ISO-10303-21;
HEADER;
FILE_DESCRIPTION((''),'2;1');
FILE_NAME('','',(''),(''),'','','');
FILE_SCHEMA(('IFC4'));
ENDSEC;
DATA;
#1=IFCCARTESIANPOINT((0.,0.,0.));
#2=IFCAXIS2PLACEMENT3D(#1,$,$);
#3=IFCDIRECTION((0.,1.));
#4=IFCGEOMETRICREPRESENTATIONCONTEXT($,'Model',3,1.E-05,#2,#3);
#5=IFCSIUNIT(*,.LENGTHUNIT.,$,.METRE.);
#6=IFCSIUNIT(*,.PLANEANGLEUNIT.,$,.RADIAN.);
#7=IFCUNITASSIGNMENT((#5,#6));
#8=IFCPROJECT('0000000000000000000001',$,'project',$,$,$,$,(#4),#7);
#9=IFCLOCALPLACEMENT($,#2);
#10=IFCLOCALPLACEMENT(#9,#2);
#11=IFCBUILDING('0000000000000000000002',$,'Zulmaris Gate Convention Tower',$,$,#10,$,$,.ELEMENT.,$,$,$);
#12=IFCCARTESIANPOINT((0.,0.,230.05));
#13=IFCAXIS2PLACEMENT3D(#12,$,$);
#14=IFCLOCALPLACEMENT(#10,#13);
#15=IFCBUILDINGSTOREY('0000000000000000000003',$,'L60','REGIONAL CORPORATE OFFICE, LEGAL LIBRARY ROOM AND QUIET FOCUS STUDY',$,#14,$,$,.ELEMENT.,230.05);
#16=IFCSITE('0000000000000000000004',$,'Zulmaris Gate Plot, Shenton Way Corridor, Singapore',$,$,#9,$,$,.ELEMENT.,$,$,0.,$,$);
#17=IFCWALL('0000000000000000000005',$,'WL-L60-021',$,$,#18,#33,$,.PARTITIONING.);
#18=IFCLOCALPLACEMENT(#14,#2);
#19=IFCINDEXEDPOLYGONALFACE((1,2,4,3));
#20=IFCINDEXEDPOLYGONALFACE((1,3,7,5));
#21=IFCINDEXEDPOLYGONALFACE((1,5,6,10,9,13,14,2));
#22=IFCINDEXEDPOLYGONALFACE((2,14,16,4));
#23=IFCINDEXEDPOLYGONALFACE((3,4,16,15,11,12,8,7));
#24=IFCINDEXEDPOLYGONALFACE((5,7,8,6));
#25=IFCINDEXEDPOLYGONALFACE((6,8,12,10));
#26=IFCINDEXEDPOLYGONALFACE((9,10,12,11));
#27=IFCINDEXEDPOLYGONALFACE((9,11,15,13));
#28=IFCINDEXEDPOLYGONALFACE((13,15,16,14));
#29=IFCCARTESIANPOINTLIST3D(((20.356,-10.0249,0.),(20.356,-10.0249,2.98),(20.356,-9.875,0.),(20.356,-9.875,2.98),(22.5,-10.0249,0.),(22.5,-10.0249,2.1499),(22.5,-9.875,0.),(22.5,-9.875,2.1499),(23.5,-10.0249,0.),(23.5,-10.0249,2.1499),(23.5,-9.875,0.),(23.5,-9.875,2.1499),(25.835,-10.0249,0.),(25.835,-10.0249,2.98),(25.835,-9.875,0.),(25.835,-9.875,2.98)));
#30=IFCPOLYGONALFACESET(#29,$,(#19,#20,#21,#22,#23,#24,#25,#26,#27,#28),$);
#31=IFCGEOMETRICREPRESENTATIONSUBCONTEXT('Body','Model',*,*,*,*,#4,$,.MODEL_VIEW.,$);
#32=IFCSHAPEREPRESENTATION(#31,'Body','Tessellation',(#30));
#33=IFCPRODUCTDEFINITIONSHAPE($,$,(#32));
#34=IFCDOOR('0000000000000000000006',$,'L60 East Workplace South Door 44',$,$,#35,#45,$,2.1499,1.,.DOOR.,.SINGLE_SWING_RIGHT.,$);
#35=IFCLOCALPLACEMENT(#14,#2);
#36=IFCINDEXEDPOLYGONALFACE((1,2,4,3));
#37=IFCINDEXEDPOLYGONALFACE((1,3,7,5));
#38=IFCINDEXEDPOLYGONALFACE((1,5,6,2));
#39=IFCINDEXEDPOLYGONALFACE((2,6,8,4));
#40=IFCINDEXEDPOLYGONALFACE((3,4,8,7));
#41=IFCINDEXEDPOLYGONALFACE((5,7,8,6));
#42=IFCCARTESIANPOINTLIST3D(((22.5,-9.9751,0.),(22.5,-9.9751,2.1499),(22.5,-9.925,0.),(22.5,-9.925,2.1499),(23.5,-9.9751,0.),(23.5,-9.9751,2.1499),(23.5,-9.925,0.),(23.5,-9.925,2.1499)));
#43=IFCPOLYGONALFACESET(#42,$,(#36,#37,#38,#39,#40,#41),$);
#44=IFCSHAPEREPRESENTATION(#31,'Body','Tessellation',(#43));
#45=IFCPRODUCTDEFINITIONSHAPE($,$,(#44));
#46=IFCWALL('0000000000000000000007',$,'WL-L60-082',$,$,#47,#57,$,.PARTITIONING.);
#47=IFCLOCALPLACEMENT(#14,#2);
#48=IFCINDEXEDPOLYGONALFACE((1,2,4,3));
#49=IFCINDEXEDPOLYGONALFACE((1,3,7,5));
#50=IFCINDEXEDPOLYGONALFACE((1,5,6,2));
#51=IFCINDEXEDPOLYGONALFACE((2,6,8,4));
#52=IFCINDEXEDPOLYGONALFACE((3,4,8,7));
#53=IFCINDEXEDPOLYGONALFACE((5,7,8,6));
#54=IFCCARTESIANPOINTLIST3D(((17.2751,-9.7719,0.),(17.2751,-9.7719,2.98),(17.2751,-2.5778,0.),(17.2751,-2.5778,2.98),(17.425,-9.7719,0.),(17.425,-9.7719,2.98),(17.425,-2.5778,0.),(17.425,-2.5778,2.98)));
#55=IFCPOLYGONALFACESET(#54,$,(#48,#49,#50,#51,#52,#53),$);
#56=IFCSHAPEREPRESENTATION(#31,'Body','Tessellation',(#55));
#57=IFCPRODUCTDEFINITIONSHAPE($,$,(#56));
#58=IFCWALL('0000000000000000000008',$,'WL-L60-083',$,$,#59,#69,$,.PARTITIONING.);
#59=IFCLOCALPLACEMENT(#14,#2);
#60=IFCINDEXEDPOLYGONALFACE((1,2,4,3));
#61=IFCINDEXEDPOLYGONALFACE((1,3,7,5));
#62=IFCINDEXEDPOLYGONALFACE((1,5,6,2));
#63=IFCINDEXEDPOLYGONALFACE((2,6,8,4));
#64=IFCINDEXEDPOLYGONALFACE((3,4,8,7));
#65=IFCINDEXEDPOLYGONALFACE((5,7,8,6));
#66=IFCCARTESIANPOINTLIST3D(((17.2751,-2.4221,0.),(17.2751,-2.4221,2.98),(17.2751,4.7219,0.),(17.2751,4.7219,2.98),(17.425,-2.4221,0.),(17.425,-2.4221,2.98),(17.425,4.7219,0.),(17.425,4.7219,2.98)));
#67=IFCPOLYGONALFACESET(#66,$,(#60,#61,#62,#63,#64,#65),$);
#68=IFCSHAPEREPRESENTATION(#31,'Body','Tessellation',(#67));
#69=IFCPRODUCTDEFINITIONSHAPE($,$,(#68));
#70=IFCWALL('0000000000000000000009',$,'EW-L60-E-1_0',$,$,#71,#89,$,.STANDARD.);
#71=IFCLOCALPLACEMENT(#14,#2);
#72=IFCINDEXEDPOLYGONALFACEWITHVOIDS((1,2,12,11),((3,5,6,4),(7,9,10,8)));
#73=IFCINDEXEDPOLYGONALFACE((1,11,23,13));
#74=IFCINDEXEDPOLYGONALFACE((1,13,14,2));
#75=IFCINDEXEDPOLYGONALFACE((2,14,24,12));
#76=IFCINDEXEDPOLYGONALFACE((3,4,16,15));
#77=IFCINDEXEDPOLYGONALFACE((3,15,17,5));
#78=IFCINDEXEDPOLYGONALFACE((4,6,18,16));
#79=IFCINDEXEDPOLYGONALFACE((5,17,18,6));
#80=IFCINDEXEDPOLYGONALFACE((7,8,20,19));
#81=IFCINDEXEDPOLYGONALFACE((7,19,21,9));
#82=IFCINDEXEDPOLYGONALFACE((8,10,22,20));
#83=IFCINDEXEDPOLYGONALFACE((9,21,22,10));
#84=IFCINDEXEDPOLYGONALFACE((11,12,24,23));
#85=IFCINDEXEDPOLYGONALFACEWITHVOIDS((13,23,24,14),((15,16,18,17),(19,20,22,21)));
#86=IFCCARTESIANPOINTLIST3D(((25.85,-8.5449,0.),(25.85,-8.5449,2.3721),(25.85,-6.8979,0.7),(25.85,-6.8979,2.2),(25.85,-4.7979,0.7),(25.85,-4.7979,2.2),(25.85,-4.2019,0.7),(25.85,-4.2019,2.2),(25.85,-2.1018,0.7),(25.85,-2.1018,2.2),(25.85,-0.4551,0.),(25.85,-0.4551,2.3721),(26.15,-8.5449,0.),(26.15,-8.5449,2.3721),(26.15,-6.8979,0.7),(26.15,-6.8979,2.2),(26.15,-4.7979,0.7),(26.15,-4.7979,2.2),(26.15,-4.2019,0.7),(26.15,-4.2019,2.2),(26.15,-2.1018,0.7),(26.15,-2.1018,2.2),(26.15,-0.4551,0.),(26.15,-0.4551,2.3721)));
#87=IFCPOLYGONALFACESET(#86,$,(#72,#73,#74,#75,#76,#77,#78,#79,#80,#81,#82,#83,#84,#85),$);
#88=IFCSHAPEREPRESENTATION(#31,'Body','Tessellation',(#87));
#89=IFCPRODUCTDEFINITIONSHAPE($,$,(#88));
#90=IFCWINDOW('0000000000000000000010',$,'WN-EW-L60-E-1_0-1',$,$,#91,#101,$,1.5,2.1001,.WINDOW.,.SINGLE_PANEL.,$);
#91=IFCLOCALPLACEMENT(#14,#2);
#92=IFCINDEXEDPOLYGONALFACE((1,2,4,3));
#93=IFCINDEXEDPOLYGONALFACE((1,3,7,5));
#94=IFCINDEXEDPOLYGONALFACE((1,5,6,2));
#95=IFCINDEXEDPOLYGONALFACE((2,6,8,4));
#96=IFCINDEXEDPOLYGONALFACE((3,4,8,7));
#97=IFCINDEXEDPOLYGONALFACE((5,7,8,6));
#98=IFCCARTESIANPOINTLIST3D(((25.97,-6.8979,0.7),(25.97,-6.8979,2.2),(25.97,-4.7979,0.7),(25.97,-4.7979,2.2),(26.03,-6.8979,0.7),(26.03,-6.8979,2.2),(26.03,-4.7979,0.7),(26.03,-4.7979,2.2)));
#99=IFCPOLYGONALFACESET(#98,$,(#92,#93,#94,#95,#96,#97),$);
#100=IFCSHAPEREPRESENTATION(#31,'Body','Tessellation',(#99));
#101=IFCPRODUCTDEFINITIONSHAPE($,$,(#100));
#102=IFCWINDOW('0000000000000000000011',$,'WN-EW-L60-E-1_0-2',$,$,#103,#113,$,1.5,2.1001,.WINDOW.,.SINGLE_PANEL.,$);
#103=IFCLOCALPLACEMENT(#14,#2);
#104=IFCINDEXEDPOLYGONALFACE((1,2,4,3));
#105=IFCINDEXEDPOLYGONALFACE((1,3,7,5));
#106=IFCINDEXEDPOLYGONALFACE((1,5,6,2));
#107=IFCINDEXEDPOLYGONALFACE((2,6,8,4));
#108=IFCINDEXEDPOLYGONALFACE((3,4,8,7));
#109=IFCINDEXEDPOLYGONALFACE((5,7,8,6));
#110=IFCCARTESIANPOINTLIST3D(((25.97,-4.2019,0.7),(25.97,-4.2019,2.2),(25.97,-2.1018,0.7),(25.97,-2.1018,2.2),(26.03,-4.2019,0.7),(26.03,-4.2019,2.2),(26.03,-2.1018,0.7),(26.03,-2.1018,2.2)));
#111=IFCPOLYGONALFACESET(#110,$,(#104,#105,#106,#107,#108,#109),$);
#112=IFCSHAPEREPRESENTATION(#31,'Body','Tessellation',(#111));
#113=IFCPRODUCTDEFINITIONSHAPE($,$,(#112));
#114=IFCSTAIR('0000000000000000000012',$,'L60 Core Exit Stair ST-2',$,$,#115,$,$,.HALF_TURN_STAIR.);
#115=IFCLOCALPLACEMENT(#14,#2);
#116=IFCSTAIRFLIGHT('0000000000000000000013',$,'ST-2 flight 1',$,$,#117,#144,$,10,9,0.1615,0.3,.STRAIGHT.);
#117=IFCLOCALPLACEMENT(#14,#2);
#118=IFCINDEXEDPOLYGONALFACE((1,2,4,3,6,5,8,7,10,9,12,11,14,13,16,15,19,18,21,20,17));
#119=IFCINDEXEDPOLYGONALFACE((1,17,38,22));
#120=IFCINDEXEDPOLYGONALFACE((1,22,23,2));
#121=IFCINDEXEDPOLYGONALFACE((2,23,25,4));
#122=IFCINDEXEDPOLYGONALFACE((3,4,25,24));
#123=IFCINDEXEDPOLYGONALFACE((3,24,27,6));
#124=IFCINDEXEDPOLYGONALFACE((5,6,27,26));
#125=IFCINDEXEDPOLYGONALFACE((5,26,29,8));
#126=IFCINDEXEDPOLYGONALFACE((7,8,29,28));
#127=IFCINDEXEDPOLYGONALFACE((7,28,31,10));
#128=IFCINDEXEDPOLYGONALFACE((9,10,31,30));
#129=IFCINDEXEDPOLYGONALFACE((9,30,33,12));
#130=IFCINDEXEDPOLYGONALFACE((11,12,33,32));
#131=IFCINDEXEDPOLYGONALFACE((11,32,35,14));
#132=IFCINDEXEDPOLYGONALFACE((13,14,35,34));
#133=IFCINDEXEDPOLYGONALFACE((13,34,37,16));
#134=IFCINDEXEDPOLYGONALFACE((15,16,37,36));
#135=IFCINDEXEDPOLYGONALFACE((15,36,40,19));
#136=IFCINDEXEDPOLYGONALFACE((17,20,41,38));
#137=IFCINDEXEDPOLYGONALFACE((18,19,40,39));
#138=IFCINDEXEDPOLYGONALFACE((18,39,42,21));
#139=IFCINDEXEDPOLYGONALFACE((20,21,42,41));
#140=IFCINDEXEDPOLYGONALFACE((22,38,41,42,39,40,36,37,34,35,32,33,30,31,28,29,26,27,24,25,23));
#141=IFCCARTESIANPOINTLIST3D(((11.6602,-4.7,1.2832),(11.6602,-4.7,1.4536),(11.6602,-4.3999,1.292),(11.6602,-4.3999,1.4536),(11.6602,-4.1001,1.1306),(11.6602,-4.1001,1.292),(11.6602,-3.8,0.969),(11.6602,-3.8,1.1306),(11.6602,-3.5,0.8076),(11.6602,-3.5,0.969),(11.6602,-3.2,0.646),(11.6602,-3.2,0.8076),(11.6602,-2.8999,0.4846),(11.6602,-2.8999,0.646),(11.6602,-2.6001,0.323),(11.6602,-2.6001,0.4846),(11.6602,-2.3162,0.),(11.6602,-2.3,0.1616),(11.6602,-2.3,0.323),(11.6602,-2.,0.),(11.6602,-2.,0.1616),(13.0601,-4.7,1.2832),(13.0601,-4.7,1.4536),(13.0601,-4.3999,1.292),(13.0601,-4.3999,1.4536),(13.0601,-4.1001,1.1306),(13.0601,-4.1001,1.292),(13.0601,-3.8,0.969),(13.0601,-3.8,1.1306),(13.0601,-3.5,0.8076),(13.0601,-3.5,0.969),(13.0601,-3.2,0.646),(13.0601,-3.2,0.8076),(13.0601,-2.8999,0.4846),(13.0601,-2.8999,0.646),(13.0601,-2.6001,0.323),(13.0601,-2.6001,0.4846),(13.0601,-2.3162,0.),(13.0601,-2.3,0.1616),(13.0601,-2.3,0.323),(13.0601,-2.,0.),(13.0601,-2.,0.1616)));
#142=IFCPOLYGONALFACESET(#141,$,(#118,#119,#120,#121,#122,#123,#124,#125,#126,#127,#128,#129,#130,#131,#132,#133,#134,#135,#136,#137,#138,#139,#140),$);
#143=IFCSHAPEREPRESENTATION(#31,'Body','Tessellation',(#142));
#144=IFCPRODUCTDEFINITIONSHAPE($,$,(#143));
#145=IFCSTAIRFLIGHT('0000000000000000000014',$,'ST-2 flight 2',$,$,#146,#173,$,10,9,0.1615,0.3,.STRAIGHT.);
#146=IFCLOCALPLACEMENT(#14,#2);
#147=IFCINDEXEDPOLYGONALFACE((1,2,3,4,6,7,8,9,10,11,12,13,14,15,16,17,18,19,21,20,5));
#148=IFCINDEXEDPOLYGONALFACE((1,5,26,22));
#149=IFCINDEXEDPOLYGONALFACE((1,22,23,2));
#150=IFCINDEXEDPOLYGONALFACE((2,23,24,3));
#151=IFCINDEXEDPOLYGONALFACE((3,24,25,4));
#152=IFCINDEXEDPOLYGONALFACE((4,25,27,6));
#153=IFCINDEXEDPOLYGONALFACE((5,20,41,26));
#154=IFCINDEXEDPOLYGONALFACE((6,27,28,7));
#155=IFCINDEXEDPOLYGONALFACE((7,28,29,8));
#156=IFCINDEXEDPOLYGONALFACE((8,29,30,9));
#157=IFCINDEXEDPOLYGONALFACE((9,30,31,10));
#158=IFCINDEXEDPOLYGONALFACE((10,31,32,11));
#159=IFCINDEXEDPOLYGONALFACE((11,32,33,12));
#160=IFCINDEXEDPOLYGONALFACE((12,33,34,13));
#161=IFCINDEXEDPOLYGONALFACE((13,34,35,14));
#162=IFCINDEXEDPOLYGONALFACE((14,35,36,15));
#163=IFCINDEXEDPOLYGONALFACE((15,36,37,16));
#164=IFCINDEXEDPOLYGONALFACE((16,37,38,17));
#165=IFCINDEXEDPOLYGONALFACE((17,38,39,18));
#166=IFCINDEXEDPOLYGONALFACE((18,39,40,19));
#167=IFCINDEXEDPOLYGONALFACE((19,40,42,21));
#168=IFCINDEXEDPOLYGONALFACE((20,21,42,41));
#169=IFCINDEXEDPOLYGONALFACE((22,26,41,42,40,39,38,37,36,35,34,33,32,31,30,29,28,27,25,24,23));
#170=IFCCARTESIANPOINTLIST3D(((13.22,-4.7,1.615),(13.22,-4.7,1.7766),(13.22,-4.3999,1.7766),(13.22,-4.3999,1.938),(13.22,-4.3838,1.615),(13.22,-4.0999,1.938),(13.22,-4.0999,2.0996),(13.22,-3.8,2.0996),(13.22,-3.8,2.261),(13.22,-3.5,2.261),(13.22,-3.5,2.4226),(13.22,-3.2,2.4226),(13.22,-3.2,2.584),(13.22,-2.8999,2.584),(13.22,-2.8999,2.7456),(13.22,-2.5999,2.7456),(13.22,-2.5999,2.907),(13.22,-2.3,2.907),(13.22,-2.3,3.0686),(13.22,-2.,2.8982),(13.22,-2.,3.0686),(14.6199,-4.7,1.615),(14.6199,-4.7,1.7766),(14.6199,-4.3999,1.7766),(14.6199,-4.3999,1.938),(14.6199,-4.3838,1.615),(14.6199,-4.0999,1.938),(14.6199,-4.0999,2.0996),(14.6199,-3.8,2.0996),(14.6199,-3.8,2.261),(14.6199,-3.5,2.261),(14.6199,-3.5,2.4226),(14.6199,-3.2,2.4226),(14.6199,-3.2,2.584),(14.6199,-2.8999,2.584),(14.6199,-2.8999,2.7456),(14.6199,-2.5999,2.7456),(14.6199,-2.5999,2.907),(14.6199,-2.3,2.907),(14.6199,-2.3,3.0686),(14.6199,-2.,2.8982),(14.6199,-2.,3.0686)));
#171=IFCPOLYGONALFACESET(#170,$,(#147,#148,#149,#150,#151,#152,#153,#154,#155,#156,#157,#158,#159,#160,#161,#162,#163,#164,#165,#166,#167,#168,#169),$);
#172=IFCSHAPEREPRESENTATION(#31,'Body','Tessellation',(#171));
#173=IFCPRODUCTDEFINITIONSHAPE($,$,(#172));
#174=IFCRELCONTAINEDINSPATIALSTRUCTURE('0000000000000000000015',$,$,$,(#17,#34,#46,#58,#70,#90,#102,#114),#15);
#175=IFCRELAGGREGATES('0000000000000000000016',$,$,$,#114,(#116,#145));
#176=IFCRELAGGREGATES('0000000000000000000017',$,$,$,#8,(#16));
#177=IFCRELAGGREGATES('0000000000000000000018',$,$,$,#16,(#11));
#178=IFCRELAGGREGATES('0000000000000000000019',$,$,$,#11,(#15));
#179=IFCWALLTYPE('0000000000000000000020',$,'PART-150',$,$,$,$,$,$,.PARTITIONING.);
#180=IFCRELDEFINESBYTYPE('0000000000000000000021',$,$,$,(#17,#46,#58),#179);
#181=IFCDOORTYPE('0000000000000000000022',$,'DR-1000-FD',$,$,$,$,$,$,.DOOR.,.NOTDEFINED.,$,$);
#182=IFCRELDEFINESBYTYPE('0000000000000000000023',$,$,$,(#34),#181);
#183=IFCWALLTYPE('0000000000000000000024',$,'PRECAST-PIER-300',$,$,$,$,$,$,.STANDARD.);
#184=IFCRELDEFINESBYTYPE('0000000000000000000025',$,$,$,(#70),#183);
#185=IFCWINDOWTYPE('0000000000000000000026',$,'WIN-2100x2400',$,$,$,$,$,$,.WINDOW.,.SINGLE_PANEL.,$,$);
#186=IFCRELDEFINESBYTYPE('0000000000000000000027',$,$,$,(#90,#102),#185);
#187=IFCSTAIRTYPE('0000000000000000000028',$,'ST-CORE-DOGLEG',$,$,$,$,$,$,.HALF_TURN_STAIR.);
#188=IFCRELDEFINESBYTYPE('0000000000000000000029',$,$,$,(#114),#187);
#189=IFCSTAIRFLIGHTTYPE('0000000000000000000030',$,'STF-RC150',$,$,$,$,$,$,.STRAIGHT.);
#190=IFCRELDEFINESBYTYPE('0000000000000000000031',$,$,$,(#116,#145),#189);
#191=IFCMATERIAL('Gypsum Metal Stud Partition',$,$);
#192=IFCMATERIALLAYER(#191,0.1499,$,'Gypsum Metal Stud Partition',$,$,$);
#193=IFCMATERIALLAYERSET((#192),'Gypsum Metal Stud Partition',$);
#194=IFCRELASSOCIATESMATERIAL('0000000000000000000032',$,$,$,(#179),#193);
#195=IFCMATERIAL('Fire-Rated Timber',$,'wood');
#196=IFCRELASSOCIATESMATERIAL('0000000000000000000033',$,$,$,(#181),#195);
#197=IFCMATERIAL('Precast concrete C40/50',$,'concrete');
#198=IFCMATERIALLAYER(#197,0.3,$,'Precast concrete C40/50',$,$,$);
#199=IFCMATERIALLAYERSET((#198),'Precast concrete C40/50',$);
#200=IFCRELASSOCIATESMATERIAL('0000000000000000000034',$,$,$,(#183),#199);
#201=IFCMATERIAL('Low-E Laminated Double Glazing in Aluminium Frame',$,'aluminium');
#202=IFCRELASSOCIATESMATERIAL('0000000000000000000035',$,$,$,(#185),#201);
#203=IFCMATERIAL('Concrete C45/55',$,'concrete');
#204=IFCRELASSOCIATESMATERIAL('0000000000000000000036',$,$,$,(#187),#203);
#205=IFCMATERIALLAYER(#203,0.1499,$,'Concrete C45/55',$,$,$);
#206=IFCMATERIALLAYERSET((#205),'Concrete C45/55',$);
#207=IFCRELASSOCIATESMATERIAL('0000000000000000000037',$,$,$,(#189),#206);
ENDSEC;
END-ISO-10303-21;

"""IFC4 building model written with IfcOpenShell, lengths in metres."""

from ifc_helpers import new_model, si_unit, direction, frame, frame_2d, origin, place, context, subcontext, project, spatial, polyline, rectangle, outline, extrude, material, layer, layer_set, type_object, element, fill, aggregate, save


model = new_model("IFC4")

# Units and contexts
model_context = context("Model", 3, precision=1e-05, world=origin(), true_north=direction((0.0, 1.0)))
body_context = subcontext(model_context, "Body", "Model", "MODEL_VIEW")
ifc_project = project(units=[si_unit("LENGTHUNIT", "METRE"), si_unit("PLANEANGLEUNIT", "RADIAN")], contexts=[model_context])

# Site, building, storey
site_placement = place(None, origin())
site = spatial("IfcSite", under=ifc_project, at=site_placement, Name="Zulmaris Gate Plot, Shenton Way Corridor, Singapore", CompositionType="ELEMENT", RefElevation=0.0)
building_placement = place(site_placement, origin())
building = spatial("IfcBuilding", under=site, at=building_placement, Name="Zulmaris Gate Convention Tower", CompositionType="ELEMENT")
storey_placement = place(building_placement, frame((0.0, 0.0, 230.05)))
storey = spatial("IfcBuildingStorey", under=building, at=storey_placement, Name="L60", Description="REGIONAL CORPORATE OFFICE, LEGAL LIBRARY ROOM AND QUIET FOCUS STUDY", CompositionType="ELEMENT", Elevation=230.05)

# Wall, opening, door
ifc_material_1 = material(Name="Gypsum Metal Stud Partition")
ifc_layer_1 = layer(ifc_material_1, 0.1499, Name="Gypsum Metal Stud Partition")
ifc_layer_set_1 = layer_set([ifc_layer_1], Name="Gypsum Metal Stud Partition")
wall_type_1 = type_object("IfcWallType", Name="PART-150", PredefinedType="PARTITIONING", material=ifc_layer_set_1)
wall_1_placement = place(storey_placement, frame((20.356, -9.95, 0.0), z_axis=(0.0, 0.0, 1.0), x_axis=(1.0, 0.0, 0.0)))
wall_1 = element("IfcWall", 1, at=wall_1_placement, inside=storey, type_object=wall_type_1, Name="WL-L60-021", PredefinedType="PARTITIONING", context=body_context, shape_type="SweptSolid", body=[
    extrude(rectangle(XDim=5.479, YDim=0.1499, at=frame_2d((2.7395, 0.0))), origin(), (0.0, 0.0, 1.0), 2.98),
])
opening_1_placement = place(wall_1_placement, frame((2.144, 0.0, 0.0)))
opening_1 = element("IfcOpeningElement", 2, at=opening_1_placement, cuts=wall_1, PredefinedType="OPENING", context=body_context, shape_type="SweptSolid", body=[
    extrude(rectangle(XDim=1.0, YDim=2.1499, at=frame_2d((0.5, 1.075))), frame((0.0, 0.085, 0.0), z_axis=(0.0, -1.0, 0.0), x_axis=(1.0, 0.0, 0.0)), (0.0, 0.0, 1.0), 0.1699),
])
ifc_material_2 = material(Name="Fire-Rated Timber", Category="wood")
door_type_1 = type_object("IfcDoorType", Name="DR-1000-FD", OperationType="NOTDEFINED", PredefinedType="DOOR", material=ifc_material_2)
door_1_placement = place(opening_1_placement, origin())
door_1 = element("IfcDoor", 3, at=door_1_placement, inside=storey, type_object=door_type_1, Name="L60 East Workplace South Door 44", OperationType="SINGLE_SWING_RIGHT", OverallHeight=2.1499, OverallWidth=1.0, PredefinedType="DOOR", context=body_context, shape_type="SweptSolid", body=[
    extrude(rectangle(XDim=1.0, YDim=2.1499, at=frame_2d((0.5, 1.075))), frame((0.0, 0.0249, 0.0), z_axis=(0.0, -1.0, 0.0), x_axis=(1.0, 0.0, 0.0)), (0.0, 0.0, 1.0), 0.05),
])
fill(opening_1, door_1)

# Walls
wall_2_placement = place(storey_placement, frame((17.3501, -9.772, 0.0), z_axis=(0.0, 0.0, 1.0), x_axis=(0.0, 1.0, 0.0)))
element("IfcWall", 4, at=wall_2_placement, inside=storey, type_object=wall_type_1, Name="WL-L60-082", PredefinedType="PARTITIONING", context=body_context, shape_type="SweptSolid", body=[
    extrude(rectangle(XDim=7.1941, YDim=0.1499, at=frame_2d((3.5972, 0.0))), origin(), (0.0, 0.0, 1.0), 2.98),
])
wall_3_placement = place(storey_placement, frame((17.3501, -2.4221, 0.0), z_axis=(0.0, 0.0, 1.0), x_axis=(0.0, 1.0, 0.0)))
element("IfcWall", 5, at=wall_3_placement, inside=storey, type_object=wall_type_1, Name="WL-L60-083", PredefinedType="PARTITIONING", context=body_context, shape_type="SweptSolid", body=[
    extrude(rectangle(XDim=7.144, YDim=0.1499, at=frame_2d((3.572, 0.0))), origin(), (0.0, 0.0, 1.0), 2.98),
])

# Wall, openings, windows
ifc_material_3 = material(Name="Precast concrete C40/50", Category="concrete")
ifc_layer_2 = layer(ifc_material_3, 0.3, Name="Precast concrete C40/50")
ifc_layer_set_2 = layer_set([ifc_layer_2], Name="Precast concrete C40/50")
wall_type_2 = type_object("IfcWallType", Name="PRECAST-PIER-300", PredefinedType="STANDARD", material=ifc_layer_set_2)
wall_4_placement = place(storey_placement, frame((26.0, -8.5449, 0.0), z_axis=(0.0, 0.0, 1.0), x_axis=(0.0, 1.0, 0.0)))
wall_4 = element("IfcWall", 6, at=wall_4_placement, inside=storey, type_object=wall_type_2, Name="EW-L60-E-1_0", PredefinedType="STANDARD", context=body_context, shape_type="SweptSolid", body=[
    extrude(rectangle(XDim=8.0898, YDim=0.3, at=frame_2d((4.0449, 0.0))), origin(), (0.0, 0.0, 1.0), 2.3721),
])
opening_2_placement = place(wall_4_placement, frame((1.647, 0.0, 0.7)))
opening_2 = element("IfcOpeningElement", 7, at=opening_2_placement, cuts=wall_4, PredefinedType="OPENING", context=body_context, shape_type="SweptSolid", body=[
    extrude(rectangle(XDim=2.1001, YDim=1.5, at=frame_2d((1.05, 0.75))), frame((0.0, 0.1602, 0.0), z_axis=(0.0, -1.0, 0.0), x_axis=(1.0, 0.0, 0.0)), (0.0, 0.0, 1.0), 0.3201),
])
opening_3_placement = place(wall_4_placement, frame((4.343, 0.0, 0.7)))
opening_3 = element("IfcOpeningElement", 8, at=opening_3_placement, cuts=wall_4, PredefinedType="OPENING", context=body_context, shape_type="SweptSolid", body=[
    extrude(rectangle(XDim=2.1001, YDim=1.5, at=frame_2d((1.05, 0.75))), frame((0.0, 0.1602, 0.0), z_axis=(0.0, -1.0, 0.0), x_axis=(1.0, 0.0, 0.0)), (0.0, 0.0, 1.0), 0.3201),
])
ifc_material_4 = material(Name="Low-E Laminated Double Glazing in Aluminium Frame", Category="aluminium")
window_type = type_object("IfcWindowType", Name="WIN-2100x2400", PartitioningType="SINGLE_PANEL", PredefinedType="WINDOW", material=ifc_material_4)
window_1_placement = place(opening_2_placement, origin())
window_1 = element("IfcWindow", 9, at=window_1_placement, inside=storey, type_object=window_type, Name="WN-EW-L60-E-1_0-1", OverallHeight=1.5, OverallWidth=2.1001, PartitioningType="SINGLE_PANEL", PredefinedType="WINDOW", context=body_context, shape_type="SweptSolid", body=[
    extrude(rectangle(XDim=2.1001, YDim=1.5, at=frame_2d((1.05, 0.75))), frame((0.0, 0.03, 0.0), z_axis=(0.0, -1.0, 0.0), x_axis=(1.0, 0.0, 0.0)), (0.0, 0.0, 1.0), 0.0601),
])
fill(opening_2, window_1)
window_2_placement = place(opening_3_placement, origin())
window_2 = element("IfcWindow", 10, at=window_2_placement, inside=storey, type_object=window_type, Name="WN-EW-L60-E-1_0-2", OverallHeight=1.5, OverallWidth=2.1001, PartitioningType="SINGLE_PANEL", PredefinedType="WINDOW", context=body_context, shape_type="SweptSolid", body=[
    extrude(rectangle(XDim=2.1001, YDim=1.5, at=frame_2d((1.05, 0.75))), frame((0.0, 0.03, 0.0), z_axis=(0.0, -1.0, 0.0), x_axis=(1.0, 0.0, 0.0)), (0.0, 0.0, 1.0), 0.0601),
])
fill(opening_3, window_2)

# Stair, stair flights
ifc_material_5 = material(Name="Concrete C45/55", Category="concrete")
stair_type = type_object("IfcStairType", Name="ST-CORE-DOGLEG", PredefinedType="HALF_TURN_STAIR", material=ifc_material_5)
stair_placement = place(storey_placement, origin())
stair = element("IfcStair", 11, at=stair_placement, inside=storey, type_object=stair_type, Name="L60 Core Exit Stair ST-2", PredefinedType="HALF_TURN_STAIR")
ifc_layer_3 = layer(ifc_material_5, 0.1499, Name="Concrete C45/55")
ifc_layer_set_3 = layer_set([ifc_layer_3], Name="Concrete C45/55")
stair_flight_type = type_object("IfcStairFlightType", Name="STF-RC150", PredefinedType="STRAIGHT", material=ifc_layer_set_3)
stair_flight_1_placement = place(storey_placement, frame((12.3601, -2.0, 0.0), z_axis=(0.0, 0.0, 1.0), x_axis=(0.0, -1.0, 0.0)))
stair_flight_1 = element("IfcStairFlight", 12, at=stair_flight_1_placement, type_object=stair_flight_type, Name="ST-2 flight 1", NumberOfRisers=10, NumberOfTreads=9, PredefinedType="STRAIGHT", RiserHeight=0.1615, TreadLength=0.3, context=body_context, shape_type="SweptSolid", body=[
    extrude(outline(polyline([(0.0, 0.0), (0.0, 0.1616), (0.3, 0.1616), (0.3, 0.323), (0.6001, 0.323), (0.6001, 0.4846), (0.8999, 0.4846), (0.8999, 0.646), (1.2, 0.646), (1.2, 0.8076), (1.5, 0.8076), (1.5, 0.969), (1.8, 0.969), (1.8, 1.1306), (2.1001, 1.1306), (2.1001, 1.292), (2.3999, 1.292), (2.3999, 1.4536), (2.7, 1.4536), (2.7, 1.615), (2.7, 1.2832), (0.3162, 0.0), (0.0, 0.0)])), frame((0.0, 0.7, 0.0), z_axis=(0.0, -1.0, 0.0), x_axis=(1.0, 0.0, 0.0)), (0.0, 0.0, 1.0), 1.3999),
])
stair_flight_2_placement = place(storey_placement, frame((13.9199, -4.7, 1.615), z_axis=(0.0, 0.0, 1.0), x_axis=(0.0, 1.0, 0.0)))
stair_flight_2 = element("IfcStairFlight", 13, at=stair_flight_2_placement, type_object=stair_flight_type, Name="ST-2 flight 2", NumberOfRisers=10, NumberOfTreads=9, PredefinedType="STRAIGHT", RiserHeight=0.1615, TreadLength=0.3, context=body_context, shape_type="SweptSolid", body=[
    extrude(outline(polyline([(0.0, 0.0), (0.0, 0.1616), (0.3, 0.1616), (0.3, 0.323), (0.6001, 0.323), (0.6001, 0.4846), (0.8999, 0.4846), (0.8999, 0.646), (1.2, 0.646), (1.2, 0.8076), (1.5, 0.8076), (1.5, 0.969), (1.8, 0.969), (1.8, 1.1306), (2.1001, 1.1306), (2.1001, 1.292), (2.3999, 1.292), (2.3999, 1.4536), (2.7, 1.4536), (2.7, 1.615), (2.7, 1.2832), (0.3162, 0.0), (0.0, 0.0)])), frame((0.0, 0.7, 0.0), z_axis=(0.0, -1.0, 0.0), x_axis=(1.0, 0.0, 0.0)), (0.0, 0.0, 1.0), 1.3999),
])
aggregate(stair, [stair_flight_1, stair_flight_2])

save(model, "model.ifc")
